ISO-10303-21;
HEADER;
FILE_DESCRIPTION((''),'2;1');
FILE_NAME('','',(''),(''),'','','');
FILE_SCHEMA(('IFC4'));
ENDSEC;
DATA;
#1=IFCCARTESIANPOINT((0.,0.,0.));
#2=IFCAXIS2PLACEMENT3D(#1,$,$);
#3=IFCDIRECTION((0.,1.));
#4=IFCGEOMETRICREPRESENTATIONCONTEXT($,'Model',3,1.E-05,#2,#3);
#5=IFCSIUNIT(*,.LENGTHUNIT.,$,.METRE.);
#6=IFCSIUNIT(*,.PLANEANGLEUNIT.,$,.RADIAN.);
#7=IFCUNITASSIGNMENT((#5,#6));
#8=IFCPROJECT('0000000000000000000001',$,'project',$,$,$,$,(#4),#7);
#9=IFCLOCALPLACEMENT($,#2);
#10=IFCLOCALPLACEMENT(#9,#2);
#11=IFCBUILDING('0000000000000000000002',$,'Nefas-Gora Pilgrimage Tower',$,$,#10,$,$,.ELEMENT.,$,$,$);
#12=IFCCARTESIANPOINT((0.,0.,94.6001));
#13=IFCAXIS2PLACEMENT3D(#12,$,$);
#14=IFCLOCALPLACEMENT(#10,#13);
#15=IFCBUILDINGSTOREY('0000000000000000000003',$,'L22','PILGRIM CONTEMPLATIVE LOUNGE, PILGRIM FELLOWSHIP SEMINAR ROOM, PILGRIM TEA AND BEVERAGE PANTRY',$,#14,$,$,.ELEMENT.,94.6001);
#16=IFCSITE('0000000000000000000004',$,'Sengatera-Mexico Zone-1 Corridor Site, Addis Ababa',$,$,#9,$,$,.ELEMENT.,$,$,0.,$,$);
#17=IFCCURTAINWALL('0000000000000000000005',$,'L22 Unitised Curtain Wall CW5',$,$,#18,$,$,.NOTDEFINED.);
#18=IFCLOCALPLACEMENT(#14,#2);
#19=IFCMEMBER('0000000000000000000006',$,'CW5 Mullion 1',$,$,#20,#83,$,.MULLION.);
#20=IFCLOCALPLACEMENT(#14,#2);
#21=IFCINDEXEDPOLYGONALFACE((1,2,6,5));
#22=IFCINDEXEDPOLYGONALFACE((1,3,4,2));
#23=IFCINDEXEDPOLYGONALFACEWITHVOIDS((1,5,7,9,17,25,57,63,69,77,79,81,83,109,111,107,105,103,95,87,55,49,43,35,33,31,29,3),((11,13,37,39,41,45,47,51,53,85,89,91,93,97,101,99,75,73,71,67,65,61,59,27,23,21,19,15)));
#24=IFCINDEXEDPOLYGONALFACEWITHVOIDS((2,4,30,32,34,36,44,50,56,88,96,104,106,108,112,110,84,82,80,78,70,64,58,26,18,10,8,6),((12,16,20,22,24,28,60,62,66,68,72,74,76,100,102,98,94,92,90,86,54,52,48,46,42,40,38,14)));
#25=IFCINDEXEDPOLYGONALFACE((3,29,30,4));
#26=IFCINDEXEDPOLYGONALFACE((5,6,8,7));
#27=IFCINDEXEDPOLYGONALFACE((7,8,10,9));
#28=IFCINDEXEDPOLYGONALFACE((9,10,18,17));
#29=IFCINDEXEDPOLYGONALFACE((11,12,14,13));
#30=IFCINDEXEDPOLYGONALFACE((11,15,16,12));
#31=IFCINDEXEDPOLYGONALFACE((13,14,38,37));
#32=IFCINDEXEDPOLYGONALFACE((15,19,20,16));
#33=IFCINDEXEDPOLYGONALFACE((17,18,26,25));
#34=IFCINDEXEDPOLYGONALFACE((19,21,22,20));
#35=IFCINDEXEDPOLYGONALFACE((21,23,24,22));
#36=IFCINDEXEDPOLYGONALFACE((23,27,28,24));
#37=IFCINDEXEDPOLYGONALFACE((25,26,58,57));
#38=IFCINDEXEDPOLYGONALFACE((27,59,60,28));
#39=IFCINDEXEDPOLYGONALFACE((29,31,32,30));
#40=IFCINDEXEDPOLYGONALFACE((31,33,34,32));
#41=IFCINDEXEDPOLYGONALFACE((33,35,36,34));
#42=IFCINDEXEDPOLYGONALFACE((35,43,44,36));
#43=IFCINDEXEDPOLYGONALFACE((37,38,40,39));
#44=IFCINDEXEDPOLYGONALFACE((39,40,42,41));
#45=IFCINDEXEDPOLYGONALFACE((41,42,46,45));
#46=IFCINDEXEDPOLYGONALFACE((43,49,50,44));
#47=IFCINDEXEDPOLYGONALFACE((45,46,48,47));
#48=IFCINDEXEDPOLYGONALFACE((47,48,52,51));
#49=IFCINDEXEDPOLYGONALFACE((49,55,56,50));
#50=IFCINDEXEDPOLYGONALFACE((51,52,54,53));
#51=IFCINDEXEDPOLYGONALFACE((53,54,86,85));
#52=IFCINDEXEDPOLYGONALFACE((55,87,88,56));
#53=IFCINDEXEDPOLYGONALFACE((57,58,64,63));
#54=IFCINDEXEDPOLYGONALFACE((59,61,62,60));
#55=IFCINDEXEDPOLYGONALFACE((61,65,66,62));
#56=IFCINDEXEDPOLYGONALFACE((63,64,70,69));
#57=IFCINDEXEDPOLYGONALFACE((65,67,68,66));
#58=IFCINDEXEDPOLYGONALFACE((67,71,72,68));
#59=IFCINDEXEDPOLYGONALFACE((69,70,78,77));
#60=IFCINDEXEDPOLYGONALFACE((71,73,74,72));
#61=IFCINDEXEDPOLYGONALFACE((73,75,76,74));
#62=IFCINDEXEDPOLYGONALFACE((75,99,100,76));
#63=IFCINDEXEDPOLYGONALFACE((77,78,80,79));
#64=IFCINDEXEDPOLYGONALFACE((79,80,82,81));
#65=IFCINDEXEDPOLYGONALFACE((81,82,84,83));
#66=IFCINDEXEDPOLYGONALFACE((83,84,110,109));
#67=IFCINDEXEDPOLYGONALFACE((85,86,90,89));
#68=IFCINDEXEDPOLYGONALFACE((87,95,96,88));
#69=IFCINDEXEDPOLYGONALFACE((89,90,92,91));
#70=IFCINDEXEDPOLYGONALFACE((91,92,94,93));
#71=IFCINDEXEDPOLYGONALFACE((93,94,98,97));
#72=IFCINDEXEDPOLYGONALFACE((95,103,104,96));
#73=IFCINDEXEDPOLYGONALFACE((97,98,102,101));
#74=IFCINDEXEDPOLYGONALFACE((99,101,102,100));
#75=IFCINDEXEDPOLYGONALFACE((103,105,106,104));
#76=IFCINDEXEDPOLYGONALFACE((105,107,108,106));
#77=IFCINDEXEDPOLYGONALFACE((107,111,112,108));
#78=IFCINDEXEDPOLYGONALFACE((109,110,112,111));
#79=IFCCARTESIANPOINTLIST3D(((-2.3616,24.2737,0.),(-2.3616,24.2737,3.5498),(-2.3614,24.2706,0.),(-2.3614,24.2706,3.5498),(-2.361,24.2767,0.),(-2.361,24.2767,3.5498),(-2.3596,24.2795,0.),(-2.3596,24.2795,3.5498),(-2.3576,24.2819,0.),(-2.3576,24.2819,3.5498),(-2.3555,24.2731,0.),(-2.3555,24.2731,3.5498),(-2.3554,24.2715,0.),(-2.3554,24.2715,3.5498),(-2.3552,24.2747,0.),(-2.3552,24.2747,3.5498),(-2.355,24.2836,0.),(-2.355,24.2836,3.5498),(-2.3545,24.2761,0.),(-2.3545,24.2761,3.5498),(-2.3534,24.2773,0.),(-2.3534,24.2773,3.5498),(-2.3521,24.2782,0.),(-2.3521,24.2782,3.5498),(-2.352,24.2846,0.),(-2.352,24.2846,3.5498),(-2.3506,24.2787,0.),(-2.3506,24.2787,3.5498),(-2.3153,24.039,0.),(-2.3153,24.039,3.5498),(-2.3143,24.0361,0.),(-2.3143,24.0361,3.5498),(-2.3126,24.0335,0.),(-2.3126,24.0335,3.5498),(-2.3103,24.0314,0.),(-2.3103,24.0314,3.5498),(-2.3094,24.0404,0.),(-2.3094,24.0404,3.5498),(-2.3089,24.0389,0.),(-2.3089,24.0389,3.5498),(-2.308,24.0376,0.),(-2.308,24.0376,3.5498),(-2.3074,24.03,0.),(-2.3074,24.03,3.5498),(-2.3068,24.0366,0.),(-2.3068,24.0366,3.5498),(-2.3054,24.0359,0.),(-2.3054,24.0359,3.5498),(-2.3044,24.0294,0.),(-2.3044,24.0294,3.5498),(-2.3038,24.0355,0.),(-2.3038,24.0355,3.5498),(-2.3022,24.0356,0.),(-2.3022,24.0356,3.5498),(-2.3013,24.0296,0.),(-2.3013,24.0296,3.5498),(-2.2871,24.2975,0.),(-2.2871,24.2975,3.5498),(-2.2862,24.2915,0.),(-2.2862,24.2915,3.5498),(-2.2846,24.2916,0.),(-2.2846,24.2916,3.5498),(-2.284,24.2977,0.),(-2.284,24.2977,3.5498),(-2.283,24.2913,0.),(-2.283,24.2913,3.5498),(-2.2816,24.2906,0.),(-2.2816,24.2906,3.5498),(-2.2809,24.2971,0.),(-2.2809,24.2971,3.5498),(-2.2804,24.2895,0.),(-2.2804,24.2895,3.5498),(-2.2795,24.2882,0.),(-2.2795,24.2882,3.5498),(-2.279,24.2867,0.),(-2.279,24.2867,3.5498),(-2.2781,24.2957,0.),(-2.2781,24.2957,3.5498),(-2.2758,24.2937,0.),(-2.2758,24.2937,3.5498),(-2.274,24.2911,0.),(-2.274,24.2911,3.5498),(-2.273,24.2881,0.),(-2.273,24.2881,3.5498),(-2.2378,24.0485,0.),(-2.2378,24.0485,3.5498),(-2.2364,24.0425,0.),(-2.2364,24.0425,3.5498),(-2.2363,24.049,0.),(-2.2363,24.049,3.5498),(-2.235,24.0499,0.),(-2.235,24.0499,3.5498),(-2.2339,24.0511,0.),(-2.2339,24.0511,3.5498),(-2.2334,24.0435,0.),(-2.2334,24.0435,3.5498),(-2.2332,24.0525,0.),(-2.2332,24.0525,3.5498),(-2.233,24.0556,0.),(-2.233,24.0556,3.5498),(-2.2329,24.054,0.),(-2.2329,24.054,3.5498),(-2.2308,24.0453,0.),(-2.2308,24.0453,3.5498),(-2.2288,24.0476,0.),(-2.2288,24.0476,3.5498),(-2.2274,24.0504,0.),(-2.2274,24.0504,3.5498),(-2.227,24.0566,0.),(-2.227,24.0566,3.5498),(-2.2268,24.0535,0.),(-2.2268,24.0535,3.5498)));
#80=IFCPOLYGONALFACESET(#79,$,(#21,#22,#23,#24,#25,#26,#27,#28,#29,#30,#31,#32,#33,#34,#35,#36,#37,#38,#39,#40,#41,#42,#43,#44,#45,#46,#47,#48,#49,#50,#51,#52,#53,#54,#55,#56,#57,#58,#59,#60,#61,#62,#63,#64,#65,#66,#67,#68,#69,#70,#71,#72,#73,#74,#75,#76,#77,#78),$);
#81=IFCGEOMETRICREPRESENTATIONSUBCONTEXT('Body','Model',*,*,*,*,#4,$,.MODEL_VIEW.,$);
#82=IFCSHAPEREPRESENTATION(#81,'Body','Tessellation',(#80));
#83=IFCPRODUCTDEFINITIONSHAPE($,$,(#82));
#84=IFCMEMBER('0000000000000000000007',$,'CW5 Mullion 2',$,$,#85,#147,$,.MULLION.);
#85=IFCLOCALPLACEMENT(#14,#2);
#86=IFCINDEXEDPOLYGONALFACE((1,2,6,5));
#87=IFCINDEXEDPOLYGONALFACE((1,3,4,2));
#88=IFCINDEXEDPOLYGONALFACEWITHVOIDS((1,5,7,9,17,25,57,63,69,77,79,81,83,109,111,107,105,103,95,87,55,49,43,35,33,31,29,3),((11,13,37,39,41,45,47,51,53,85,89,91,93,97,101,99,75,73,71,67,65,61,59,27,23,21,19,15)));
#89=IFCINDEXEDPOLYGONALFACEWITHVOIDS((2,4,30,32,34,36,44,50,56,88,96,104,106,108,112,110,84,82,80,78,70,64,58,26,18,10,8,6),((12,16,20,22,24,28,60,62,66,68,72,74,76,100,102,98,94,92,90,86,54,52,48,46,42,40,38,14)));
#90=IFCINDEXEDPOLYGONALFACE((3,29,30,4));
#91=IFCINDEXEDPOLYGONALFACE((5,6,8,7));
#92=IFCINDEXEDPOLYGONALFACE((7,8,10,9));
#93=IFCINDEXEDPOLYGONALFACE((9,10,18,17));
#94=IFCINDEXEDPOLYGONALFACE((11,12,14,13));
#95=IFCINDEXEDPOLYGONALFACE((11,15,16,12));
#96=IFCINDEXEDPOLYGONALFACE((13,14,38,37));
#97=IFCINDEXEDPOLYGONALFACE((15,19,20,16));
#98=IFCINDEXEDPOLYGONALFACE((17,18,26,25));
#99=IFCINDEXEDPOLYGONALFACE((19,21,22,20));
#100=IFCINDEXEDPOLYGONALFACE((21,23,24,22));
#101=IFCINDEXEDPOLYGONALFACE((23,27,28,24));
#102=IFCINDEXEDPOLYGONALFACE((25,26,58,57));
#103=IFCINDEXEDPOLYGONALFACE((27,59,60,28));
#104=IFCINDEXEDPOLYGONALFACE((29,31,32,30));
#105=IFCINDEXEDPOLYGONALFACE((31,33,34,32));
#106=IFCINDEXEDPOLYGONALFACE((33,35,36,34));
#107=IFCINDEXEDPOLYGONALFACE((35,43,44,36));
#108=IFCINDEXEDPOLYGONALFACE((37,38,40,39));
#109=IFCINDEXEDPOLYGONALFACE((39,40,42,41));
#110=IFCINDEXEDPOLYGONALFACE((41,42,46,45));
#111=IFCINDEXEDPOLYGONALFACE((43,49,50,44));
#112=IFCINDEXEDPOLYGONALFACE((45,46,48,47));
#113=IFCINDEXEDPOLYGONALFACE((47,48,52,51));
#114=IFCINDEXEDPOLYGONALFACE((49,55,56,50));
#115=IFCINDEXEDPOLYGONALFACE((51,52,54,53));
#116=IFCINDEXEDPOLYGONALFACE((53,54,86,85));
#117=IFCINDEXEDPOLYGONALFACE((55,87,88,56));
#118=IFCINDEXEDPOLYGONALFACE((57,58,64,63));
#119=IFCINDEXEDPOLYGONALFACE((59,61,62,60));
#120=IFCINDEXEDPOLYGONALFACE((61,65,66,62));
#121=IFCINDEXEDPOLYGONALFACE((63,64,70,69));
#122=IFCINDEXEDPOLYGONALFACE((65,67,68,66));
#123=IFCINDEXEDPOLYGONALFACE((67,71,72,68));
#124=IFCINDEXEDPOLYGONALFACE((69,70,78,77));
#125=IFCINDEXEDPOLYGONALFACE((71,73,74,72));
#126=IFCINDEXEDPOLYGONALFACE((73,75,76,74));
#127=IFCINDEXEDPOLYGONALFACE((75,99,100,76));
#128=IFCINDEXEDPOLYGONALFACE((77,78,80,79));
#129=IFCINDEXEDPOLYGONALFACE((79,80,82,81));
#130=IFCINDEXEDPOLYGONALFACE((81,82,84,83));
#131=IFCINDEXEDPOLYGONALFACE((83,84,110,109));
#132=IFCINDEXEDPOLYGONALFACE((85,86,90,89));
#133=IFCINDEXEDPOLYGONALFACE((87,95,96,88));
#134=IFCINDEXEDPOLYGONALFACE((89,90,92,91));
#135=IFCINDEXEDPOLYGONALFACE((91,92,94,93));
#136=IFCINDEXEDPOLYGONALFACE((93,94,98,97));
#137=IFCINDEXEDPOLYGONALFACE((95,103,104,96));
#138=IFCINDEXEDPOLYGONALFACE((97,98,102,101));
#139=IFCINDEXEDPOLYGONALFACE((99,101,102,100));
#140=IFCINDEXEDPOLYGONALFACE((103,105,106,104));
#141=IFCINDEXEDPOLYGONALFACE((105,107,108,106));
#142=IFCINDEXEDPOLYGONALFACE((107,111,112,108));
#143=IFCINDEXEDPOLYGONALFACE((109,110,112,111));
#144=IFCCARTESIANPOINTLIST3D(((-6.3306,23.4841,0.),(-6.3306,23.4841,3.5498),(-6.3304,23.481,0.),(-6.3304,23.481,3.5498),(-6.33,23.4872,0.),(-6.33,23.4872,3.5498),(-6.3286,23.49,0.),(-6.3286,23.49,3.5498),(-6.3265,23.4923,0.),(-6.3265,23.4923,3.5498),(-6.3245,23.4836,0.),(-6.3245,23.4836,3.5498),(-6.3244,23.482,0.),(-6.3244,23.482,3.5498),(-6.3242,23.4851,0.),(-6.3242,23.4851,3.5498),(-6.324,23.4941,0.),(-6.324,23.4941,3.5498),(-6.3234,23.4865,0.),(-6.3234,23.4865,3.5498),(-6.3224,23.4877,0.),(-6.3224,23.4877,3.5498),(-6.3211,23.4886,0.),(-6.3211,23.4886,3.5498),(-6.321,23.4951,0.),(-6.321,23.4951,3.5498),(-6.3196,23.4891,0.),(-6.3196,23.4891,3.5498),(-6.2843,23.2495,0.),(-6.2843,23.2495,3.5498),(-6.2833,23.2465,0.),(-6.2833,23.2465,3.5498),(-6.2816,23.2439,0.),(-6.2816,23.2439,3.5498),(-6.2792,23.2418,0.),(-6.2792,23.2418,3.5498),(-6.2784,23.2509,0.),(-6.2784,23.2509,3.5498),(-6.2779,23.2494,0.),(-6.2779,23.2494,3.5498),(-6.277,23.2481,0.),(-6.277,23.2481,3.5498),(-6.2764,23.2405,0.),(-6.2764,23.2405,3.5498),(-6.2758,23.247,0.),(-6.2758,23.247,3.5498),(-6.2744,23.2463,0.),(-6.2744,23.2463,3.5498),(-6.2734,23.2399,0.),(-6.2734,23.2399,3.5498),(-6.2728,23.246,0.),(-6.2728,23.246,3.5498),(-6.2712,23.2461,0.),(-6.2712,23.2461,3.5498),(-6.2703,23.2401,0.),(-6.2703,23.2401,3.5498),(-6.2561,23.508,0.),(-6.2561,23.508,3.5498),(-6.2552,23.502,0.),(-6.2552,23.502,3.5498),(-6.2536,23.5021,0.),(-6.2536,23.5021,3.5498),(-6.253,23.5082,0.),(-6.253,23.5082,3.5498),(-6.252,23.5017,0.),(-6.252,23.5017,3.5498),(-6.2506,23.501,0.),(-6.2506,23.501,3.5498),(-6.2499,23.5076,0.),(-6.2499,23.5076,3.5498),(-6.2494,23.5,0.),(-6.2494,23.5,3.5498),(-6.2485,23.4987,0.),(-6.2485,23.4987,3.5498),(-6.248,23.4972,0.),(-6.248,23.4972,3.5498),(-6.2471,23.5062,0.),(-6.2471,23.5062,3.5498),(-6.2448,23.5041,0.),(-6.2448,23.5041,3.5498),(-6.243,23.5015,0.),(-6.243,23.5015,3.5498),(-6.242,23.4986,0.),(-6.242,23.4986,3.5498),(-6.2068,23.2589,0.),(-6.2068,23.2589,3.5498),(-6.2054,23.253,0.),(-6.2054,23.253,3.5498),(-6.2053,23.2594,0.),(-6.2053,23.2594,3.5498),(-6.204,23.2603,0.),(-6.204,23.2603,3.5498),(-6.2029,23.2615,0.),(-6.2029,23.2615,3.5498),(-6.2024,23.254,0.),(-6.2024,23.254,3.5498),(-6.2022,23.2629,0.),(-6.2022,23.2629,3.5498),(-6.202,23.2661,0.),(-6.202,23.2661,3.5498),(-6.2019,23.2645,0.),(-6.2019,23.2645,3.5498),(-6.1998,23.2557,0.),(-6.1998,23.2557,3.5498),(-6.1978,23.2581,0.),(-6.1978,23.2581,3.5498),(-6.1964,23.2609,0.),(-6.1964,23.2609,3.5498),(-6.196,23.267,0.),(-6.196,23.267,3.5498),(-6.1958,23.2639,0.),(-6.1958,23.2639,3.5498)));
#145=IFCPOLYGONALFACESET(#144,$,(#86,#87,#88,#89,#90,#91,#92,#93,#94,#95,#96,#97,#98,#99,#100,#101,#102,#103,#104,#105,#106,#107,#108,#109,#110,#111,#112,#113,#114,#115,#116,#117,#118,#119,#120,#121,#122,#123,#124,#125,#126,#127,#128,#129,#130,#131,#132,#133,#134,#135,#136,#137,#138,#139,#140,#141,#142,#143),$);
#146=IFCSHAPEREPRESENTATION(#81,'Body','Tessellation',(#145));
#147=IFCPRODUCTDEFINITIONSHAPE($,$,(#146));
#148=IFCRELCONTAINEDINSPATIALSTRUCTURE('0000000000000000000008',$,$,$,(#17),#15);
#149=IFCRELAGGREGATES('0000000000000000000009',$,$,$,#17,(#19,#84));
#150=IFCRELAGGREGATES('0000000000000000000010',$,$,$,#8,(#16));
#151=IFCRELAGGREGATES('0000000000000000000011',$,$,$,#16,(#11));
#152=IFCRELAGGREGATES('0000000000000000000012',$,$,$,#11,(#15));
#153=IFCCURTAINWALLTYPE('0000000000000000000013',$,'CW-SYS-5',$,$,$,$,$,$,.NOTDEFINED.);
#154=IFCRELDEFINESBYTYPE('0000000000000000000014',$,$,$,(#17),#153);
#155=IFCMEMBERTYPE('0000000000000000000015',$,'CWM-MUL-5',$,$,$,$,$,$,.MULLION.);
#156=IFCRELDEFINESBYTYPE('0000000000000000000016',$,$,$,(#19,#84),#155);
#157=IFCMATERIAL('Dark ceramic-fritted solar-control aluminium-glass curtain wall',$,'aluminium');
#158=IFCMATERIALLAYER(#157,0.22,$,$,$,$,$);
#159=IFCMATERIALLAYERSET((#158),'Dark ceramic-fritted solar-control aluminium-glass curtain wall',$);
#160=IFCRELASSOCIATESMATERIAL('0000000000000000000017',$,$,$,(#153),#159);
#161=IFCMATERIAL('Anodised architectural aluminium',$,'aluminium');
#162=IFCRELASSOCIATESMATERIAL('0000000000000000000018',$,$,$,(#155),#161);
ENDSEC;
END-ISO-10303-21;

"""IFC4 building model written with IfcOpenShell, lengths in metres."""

from ifc_helpers import new_model, si_unit, direction, frame, origin, origin_2d, place, context, subcontext, project, spatial, hollow_rectangle, extrude, source, transform, mapped, material, layer, layer_set, material_profile, profile_set, type_object, element, aggregate, save


model = new_model("IFC4")

# Units and contexts
model_context = context("Model", 3, precision=1e-05, world=origin(), true_north=direction((0.0, 1.0)))
body_context = subcontext(model_context, "Body", "Model", "MODEL_VIEW")
ifc_project = project(units=[si_unit("LENGTHUNIT", "METRE"), si_unit("PLANEANGLEUNIT", "RADIAN")], contexts=[model_context])

# Site, building, storey
site_placement = place(None, origin())
site = spatial("IfcSite", under=ifc_project, at=site_placement, Name="Sengatera-Mexico Zone-1 Corridor Site, Addis Ababa", CompositionType="ELEMENT", RefElevation=0.0)
building_placement = place(site_placement, origin())
building = spatial("IfcBuilding", under=site, at=building_placement, Name="Nefas-Gora Pilgrimage Tower", CompositionType="ELEMENT")
storey_placement = place(building_placement, frame((0.0, 0.0, 94.6001)))
storey = spatial("IfcBuildingStorey", under=building, at=storey_placement, Name="L22", Description="PILGRIM CONTEMPLATIVE LOUNGE, PILGRIM FELLOWSHIP SEMINAR ROOM, PILGRIM TEA AND BEVERAGE PANTRY", CompositionType="ELEMENT", Elevation=94.6001)

# Curtain wall
ifc_material_1 = material(Name="Dark ceramic-fritted solar-control aluminium-glass curtain wall", Category="aluminium")
ifc_layer_1 = layer(ifc_material_1, 0.22)
ifc_layer_set_1 = layer_set([ifc_layer_1], Name="Dark ceramic-fritted solar-control aluminium-glass curtain wall")
curtain_wall_type = type_object("IfcCurtainWallType", Name="CW-SYS-5", PredefinedType="NOTDEFINED", material=ifc_layer_set_1)
ifc_material_2 = material(Name="Anodised architectural aluminium", Category="aluminium")
curtain_wall_1_placement = place(storey_placement, origin())
curtain_wall_1 = element("IfcCurtainWall", 1, at=curtain_wall_1_placement, inside=storey, type_object=curtain_wall_type, Name="L22 Unitised Curtain Wall CW5", PredefinedType="NOTDEFINED")
ifc_material_profile_1 = material_profile(ifc_material_2, hollow_rectangle(XDim=0.0901, YDim=0.26, WallThickness=0.0061, InnerFilletRadius=0.0061, OuterFilletRadius=0.012, at=origin_2d()), Name="ALU MULLION 90x260")
ifc_profile_set_1 = profile_set([ifc_material_profile_1], Name="Anodised architectural aluminium")
member_type_1 = type_object("IfcMemberType", Name="CWM-MUL-5", PredefinedType="MULLION", material=ifc_profile_set_1)
shared_shape_1 = source(origin(), body_context, "Body", "SweptSolid", [
    extrude(hollow_rectangle(XDim=0.0901, YDim=0.26, WallThickness=0.0061, InnerFilletRadius=0.0061, OuterFilletRadius=0.012, at=origin_2d()), origin(), (0.0, 0.0, 1.0), 3.5498),
])

# Members
member_1_placement = place(storey_placement, frame((-2.2942, 24.1636, 0.0), z_axis=(0.0, 0.0, 1.0), x_axis=(-0.980783, -0.195102, 0.0)))
member_1 = element("IfcMember", 2, at=member_1_placement, type_object=member_type_1, Name="CW5 Mullion 1", PredefinedType="MULLION", context=body_context, shape_type="MappedRepresentation", body=[
    mapped(shared_shape_1, transform((0.0, 0.0, 0.0), x_axis=(1.0, 0.0, 0.0), y_axis=(0.0, 1.0, 0.0), z_axis=(0.0, 0.0, 1.0), scale=1.0)),
])
member_2_placement = place(storey_placement, frame((-6.2632, 23.374, 0.0), z_axis=(0.0, 0.0, 1.0), x_axis=(-0.980783, -0.195102, 0.0)))
member_2 = element("IfcMember", 3, at=member_2_placement, type_object=member_type_1, Name="CW5 Mullion 2", PredefinedType="MULLION", context=body_context, shape_type="MappedRepresentation", body=[
    mapped(shared_shape_1, transform((0.0, 0.0, 0.0), x_axis=(1.0, 0.0, 0.0), y_axis=(0.0, 1.0, 0.0), z_axis=(0.0, 0.0, 1.0), scale=1.0)),
])

aggregate(curtain_wall_1, [member_1, member_2])

save(model, "model.ifc")
